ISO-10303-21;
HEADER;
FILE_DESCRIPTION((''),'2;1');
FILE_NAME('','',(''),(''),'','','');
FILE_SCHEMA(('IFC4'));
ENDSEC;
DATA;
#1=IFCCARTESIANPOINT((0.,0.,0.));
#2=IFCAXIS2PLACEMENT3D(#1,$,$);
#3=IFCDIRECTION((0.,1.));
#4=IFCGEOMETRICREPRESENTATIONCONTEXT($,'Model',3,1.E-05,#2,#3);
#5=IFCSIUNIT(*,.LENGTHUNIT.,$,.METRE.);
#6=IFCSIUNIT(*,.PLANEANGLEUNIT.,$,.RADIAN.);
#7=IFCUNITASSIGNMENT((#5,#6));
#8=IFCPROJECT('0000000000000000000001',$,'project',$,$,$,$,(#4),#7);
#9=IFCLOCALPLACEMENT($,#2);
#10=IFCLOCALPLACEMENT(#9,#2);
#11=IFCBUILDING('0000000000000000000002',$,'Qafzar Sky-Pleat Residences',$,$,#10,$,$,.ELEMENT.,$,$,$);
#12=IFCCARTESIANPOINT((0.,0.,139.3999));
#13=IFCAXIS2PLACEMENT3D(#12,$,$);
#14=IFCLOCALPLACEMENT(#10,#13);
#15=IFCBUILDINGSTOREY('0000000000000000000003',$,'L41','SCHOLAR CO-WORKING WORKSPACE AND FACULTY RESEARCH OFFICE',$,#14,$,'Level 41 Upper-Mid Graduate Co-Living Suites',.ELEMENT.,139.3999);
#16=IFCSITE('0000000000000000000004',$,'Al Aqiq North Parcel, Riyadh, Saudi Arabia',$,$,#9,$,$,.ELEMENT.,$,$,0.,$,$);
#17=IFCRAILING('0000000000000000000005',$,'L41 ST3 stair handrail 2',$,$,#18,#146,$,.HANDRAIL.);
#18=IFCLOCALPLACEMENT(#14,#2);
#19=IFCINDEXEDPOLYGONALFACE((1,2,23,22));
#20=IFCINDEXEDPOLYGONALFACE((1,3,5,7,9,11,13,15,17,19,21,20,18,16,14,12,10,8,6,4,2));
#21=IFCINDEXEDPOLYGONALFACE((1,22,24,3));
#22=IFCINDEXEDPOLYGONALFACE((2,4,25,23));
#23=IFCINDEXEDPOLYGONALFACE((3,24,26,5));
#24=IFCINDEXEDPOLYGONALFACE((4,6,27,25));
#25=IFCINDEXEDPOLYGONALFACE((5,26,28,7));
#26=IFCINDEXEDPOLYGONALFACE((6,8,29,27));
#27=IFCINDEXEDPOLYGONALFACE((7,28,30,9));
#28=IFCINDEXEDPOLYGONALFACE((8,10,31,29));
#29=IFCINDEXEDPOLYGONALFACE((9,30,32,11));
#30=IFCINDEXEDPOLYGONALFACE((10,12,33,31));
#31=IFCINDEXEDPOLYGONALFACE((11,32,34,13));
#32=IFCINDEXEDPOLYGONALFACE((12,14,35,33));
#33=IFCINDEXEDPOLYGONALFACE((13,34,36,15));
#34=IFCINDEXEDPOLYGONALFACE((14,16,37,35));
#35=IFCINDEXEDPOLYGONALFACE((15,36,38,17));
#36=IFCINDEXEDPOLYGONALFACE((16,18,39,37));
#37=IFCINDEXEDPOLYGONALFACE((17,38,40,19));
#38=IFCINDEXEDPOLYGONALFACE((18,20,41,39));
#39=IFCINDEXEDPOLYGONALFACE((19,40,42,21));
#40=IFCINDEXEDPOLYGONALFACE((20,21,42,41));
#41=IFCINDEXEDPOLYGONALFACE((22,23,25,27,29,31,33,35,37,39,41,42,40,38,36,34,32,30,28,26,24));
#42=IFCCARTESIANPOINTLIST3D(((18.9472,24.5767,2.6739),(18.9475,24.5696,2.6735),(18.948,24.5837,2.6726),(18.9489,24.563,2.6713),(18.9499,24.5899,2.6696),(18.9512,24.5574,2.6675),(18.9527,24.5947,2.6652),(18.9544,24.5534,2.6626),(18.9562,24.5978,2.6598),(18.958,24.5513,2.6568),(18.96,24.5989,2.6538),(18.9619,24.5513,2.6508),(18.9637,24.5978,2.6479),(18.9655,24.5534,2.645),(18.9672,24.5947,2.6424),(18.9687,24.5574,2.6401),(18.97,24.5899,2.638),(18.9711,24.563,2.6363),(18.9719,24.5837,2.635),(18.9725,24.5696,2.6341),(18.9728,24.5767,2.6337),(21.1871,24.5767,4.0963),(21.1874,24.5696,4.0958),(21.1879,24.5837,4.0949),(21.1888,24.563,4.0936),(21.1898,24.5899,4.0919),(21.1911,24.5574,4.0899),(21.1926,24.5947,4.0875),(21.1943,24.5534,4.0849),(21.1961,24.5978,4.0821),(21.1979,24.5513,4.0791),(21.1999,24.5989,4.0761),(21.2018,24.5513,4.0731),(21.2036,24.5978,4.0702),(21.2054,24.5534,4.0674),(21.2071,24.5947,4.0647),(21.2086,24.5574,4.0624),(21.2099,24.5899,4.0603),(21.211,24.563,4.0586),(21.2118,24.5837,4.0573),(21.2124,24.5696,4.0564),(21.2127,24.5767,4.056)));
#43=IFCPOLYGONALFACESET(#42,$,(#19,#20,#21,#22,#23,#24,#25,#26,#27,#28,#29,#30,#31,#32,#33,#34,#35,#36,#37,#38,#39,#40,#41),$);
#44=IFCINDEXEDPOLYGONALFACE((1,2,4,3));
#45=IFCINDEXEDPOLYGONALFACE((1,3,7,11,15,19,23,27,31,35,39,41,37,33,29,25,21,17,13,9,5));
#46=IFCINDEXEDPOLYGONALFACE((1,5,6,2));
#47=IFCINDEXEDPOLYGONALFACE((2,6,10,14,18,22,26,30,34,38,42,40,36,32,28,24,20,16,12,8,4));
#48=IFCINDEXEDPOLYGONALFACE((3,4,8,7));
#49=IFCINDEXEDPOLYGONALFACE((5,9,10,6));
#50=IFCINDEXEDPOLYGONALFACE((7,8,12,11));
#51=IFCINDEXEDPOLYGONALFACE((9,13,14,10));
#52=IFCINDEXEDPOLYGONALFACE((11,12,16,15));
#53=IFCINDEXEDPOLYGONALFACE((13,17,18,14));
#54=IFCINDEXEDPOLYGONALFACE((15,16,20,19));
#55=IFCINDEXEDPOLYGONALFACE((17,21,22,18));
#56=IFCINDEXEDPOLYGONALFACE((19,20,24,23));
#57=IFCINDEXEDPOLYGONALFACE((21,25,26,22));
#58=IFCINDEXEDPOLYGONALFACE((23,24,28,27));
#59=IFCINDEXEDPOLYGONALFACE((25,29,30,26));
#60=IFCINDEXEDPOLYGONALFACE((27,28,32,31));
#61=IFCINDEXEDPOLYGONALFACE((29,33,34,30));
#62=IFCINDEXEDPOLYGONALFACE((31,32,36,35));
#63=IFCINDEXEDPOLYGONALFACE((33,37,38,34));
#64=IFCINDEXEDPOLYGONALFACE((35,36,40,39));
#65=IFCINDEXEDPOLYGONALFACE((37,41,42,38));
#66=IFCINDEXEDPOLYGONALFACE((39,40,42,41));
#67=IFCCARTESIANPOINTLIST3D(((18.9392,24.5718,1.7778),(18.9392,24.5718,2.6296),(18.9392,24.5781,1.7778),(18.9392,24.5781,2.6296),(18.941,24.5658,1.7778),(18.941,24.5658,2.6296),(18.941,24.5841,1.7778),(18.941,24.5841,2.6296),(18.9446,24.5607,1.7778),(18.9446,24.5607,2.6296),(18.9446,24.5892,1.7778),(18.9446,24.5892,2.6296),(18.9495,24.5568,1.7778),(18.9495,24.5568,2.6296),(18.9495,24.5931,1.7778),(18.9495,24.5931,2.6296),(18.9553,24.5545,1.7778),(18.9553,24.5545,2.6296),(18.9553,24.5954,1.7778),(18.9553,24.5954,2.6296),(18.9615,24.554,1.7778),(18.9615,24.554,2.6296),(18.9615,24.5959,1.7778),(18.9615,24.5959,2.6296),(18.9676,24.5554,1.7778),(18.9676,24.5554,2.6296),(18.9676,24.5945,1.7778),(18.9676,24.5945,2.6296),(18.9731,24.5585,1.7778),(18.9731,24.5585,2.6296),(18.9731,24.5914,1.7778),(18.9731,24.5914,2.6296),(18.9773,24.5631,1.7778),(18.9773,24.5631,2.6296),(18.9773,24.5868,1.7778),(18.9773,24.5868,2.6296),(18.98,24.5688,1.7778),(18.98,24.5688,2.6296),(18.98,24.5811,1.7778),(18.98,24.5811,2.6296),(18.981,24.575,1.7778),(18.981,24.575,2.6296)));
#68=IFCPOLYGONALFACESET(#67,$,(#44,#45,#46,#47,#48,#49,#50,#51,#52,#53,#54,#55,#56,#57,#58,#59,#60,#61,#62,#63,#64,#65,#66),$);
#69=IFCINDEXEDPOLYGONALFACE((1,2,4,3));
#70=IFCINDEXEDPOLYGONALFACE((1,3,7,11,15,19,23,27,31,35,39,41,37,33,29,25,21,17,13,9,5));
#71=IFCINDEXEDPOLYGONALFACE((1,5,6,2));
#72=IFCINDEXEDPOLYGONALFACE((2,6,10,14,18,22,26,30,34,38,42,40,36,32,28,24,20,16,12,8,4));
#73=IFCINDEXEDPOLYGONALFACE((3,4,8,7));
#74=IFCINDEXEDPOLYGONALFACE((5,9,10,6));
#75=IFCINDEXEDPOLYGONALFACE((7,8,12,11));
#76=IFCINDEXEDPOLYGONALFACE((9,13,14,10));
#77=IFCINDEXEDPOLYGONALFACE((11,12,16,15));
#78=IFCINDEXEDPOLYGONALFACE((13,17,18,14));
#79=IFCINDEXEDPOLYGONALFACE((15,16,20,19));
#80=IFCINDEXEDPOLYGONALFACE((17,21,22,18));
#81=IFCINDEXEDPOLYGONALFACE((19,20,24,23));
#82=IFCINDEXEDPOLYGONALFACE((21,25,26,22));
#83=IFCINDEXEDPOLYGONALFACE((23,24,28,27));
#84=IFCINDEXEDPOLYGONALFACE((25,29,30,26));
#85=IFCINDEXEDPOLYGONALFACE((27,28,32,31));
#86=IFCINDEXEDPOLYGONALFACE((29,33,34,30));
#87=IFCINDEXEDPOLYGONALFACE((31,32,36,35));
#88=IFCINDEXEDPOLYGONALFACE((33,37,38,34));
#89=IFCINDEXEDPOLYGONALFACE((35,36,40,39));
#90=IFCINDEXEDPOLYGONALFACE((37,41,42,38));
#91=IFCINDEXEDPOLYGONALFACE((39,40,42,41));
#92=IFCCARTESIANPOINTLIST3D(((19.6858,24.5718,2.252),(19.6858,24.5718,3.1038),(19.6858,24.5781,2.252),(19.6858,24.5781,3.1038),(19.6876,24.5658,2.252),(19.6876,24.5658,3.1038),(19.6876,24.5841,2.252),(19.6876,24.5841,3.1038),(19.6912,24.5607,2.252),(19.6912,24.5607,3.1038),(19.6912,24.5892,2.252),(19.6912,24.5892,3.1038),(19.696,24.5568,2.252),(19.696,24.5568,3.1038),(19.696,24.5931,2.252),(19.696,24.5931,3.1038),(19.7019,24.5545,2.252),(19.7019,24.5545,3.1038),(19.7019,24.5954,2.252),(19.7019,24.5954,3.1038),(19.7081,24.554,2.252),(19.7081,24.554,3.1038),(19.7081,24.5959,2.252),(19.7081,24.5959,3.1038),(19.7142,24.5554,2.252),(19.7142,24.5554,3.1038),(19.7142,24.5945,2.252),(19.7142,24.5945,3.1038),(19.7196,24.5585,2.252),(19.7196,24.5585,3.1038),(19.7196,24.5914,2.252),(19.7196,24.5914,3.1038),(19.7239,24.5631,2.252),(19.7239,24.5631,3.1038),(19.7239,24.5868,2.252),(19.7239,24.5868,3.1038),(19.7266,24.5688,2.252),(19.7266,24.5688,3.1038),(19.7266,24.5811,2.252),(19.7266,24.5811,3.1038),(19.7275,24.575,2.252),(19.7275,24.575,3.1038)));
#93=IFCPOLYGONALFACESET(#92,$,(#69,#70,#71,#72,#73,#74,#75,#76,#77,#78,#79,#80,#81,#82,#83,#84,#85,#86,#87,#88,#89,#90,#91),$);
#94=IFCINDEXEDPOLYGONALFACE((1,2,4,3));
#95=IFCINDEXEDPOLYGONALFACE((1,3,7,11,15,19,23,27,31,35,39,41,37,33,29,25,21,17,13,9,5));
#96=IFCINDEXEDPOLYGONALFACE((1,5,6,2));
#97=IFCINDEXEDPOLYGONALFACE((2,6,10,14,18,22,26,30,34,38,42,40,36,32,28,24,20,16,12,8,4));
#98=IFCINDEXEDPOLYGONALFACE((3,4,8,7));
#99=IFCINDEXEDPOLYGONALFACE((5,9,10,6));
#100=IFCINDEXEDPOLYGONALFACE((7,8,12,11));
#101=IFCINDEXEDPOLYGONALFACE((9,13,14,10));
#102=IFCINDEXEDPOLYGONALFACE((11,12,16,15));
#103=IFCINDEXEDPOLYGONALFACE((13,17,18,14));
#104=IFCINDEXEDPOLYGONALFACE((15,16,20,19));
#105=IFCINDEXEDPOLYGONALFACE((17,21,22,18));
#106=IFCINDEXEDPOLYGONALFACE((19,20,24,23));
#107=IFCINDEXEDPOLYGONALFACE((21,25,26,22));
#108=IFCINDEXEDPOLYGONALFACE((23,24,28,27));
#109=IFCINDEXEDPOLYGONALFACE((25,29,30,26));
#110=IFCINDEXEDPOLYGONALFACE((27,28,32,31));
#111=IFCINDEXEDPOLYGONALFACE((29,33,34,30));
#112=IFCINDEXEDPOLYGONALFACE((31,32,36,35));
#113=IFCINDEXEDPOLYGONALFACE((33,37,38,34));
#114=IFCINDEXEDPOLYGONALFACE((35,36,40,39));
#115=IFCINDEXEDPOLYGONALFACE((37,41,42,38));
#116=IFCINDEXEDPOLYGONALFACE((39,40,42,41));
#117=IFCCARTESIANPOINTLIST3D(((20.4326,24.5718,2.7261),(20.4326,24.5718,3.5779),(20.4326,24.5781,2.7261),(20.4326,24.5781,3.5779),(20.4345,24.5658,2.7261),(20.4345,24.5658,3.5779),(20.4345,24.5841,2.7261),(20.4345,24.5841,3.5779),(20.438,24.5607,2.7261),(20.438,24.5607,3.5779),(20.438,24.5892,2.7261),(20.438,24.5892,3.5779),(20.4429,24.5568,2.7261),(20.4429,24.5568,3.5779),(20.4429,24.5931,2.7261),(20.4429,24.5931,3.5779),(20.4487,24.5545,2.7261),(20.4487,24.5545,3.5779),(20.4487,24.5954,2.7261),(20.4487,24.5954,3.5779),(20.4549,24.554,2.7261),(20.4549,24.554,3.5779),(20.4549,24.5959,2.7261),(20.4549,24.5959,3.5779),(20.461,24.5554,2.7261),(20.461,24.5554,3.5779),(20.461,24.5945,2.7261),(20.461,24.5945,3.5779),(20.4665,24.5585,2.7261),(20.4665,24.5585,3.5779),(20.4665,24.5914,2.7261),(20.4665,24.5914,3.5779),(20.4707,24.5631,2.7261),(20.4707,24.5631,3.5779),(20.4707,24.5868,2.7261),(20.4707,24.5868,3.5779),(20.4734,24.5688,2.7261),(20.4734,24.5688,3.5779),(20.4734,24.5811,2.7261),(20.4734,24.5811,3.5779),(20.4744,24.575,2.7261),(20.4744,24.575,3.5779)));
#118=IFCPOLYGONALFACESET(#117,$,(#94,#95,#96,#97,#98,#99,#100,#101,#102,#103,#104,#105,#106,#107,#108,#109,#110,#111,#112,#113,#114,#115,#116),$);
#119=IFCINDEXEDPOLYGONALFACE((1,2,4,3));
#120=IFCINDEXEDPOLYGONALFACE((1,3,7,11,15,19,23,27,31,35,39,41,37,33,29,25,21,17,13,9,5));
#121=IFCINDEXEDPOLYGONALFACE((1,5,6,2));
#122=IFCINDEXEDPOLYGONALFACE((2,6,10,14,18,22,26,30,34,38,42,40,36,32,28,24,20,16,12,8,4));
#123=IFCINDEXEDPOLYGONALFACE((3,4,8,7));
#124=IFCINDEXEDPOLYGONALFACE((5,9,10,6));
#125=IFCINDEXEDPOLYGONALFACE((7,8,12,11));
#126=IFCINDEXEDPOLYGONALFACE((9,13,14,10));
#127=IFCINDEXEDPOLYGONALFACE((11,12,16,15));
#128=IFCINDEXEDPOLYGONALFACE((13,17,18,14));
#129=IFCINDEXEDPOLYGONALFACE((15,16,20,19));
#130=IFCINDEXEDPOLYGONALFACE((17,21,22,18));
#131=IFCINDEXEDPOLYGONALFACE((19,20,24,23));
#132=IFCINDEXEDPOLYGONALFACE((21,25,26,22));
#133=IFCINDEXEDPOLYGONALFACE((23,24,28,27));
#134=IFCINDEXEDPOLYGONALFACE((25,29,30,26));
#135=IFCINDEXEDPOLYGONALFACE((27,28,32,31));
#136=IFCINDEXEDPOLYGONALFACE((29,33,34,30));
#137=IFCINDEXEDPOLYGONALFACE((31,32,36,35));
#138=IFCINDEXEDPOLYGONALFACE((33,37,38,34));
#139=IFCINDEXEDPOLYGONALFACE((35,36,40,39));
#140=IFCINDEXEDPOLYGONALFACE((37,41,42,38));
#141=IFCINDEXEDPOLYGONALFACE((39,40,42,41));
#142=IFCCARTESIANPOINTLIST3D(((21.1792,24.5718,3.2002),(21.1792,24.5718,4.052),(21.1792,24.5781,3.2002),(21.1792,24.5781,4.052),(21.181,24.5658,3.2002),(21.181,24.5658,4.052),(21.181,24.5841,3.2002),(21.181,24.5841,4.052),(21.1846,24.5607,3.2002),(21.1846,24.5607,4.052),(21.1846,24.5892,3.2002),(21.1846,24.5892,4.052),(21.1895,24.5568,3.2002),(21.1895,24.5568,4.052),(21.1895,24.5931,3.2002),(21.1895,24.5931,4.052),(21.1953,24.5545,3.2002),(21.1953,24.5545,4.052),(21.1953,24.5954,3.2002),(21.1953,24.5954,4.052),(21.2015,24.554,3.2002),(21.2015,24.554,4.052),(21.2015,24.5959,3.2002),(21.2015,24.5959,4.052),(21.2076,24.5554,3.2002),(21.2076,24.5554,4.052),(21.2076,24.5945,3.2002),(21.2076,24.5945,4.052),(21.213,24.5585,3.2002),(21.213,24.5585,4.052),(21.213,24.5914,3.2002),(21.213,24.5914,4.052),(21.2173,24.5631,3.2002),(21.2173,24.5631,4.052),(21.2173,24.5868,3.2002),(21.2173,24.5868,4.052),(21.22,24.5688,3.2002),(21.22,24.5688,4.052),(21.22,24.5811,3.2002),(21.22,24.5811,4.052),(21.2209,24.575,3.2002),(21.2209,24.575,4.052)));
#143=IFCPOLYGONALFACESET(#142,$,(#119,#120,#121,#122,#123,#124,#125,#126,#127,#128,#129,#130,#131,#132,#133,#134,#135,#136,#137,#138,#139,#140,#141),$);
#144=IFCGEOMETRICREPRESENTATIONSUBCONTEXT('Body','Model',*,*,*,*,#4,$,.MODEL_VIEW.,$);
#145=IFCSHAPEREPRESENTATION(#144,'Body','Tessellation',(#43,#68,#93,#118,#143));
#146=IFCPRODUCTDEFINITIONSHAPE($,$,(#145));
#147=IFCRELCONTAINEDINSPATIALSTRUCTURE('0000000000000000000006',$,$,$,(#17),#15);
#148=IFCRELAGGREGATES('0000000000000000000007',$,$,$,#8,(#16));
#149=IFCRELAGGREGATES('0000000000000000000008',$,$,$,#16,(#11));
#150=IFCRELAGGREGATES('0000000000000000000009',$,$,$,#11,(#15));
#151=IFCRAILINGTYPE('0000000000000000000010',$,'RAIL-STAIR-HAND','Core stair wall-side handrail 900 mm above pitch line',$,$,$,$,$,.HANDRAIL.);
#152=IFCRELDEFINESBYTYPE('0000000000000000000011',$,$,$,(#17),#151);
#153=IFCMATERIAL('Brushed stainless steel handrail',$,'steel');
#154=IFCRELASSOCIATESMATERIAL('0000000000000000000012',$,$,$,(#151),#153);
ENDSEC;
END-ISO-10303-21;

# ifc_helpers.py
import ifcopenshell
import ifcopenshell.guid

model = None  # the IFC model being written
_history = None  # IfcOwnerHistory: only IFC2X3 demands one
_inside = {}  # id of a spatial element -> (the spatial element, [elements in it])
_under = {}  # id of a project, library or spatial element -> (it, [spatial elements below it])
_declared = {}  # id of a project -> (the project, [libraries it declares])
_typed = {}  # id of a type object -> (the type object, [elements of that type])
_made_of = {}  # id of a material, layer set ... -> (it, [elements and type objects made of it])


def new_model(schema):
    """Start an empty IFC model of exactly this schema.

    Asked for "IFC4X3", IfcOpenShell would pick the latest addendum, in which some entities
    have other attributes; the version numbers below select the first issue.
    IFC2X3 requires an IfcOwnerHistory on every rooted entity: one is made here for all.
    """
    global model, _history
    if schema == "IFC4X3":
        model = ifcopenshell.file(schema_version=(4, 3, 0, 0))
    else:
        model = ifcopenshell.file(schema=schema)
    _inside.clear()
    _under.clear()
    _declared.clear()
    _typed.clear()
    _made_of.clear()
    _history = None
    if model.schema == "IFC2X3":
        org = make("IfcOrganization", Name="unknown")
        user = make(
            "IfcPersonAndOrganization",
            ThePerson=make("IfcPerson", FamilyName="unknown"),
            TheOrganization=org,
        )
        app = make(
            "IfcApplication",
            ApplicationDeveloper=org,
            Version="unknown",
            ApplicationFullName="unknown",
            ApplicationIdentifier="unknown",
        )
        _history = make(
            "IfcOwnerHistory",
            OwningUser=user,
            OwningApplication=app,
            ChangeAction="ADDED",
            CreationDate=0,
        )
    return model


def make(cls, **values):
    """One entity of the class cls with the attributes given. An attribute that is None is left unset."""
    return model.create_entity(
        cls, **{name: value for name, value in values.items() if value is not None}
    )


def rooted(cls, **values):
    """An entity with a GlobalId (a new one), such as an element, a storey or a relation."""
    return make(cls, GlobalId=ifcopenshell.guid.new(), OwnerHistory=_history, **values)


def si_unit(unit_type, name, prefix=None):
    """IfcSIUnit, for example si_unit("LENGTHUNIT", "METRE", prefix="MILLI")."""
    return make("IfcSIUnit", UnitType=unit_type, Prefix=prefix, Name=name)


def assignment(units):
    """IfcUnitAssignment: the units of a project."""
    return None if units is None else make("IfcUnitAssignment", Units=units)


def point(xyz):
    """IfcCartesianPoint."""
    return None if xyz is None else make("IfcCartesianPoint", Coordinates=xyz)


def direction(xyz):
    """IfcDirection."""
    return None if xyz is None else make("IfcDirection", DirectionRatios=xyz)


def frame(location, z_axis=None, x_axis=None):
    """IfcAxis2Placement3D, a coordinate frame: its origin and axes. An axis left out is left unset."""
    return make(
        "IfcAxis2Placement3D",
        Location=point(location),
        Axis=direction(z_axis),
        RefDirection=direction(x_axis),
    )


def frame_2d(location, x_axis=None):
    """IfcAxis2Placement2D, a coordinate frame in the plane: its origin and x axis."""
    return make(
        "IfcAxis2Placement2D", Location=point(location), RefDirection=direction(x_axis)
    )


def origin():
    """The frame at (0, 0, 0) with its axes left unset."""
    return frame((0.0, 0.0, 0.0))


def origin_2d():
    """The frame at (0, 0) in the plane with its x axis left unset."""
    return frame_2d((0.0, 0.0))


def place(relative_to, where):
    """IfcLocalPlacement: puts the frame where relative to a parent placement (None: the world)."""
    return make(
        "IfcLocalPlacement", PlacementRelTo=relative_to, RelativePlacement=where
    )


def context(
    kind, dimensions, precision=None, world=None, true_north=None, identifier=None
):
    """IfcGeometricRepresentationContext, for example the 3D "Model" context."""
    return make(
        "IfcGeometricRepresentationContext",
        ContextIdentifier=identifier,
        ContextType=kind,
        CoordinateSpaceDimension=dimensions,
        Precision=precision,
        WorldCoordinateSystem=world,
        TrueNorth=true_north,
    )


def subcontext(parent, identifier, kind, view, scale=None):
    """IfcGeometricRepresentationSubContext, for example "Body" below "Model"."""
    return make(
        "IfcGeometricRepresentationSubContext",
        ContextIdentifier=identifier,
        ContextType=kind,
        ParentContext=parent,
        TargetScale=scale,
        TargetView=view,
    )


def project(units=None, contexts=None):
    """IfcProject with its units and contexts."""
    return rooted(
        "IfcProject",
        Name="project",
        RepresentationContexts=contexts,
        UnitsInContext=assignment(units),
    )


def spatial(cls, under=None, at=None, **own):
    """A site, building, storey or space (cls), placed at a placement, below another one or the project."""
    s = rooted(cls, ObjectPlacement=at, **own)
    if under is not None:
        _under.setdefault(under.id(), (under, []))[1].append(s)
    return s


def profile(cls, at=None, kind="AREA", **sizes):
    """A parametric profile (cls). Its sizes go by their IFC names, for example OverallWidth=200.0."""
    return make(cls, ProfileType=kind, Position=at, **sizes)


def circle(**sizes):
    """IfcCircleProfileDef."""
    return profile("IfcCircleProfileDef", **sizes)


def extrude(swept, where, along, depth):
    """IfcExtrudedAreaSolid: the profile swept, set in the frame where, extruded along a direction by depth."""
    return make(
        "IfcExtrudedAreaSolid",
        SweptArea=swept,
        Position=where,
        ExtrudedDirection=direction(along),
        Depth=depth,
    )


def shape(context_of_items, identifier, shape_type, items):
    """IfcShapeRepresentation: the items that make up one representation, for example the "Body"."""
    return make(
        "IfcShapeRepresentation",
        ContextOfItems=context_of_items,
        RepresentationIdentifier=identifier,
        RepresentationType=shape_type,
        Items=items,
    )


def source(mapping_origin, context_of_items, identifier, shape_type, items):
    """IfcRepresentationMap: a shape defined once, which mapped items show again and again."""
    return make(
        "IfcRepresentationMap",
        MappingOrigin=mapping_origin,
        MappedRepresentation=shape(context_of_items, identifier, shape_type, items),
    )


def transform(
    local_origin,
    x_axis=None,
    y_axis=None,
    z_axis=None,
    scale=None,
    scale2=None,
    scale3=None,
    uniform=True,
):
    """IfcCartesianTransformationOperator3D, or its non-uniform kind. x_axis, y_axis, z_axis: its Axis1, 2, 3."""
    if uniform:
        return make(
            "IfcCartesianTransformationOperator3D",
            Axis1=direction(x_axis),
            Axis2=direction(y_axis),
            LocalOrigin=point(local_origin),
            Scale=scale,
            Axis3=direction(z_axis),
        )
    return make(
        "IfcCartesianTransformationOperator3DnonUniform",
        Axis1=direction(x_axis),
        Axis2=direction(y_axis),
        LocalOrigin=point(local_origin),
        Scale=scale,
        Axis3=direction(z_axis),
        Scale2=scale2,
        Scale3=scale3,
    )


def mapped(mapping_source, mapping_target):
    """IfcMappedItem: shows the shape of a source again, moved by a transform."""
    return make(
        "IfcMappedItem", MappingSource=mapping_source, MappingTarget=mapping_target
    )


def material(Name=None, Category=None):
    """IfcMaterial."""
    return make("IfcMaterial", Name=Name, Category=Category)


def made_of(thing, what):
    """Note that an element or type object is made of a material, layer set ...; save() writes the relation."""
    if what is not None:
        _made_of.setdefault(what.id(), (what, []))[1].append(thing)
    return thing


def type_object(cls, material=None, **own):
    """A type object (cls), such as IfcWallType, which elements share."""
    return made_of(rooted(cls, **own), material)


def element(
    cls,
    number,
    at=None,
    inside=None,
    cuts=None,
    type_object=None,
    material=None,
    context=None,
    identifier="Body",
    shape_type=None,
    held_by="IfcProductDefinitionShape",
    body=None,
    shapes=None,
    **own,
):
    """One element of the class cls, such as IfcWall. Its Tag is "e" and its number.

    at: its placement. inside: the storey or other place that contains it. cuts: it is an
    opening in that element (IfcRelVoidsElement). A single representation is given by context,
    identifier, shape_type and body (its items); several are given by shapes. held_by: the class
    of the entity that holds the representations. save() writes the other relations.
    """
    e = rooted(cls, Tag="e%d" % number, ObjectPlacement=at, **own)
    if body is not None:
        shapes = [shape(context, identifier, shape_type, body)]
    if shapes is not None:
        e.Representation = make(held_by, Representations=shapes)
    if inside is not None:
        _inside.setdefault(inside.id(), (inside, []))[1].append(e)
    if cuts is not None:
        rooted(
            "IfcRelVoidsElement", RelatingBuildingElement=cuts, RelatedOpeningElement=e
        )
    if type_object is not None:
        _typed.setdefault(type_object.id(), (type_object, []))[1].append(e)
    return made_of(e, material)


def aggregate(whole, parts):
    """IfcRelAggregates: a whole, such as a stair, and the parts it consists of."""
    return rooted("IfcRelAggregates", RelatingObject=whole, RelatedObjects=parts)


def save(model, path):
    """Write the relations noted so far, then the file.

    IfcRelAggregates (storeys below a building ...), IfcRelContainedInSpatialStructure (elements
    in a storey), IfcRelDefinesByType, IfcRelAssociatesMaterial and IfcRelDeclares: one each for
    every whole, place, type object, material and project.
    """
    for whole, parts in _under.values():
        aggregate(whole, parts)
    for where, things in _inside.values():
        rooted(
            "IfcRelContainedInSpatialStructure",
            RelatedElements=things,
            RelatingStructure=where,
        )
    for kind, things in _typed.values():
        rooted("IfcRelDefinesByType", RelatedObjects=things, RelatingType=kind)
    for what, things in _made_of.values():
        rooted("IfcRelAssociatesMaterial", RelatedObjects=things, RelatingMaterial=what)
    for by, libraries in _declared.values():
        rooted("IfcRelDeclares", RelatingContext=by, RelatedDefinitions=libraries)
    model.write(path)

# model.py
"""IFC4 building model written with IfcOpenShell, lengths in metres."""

from ifc_helpers import new_model, si_unit, direction, frame, origin, origin_2d, place, context, subcontext, project, spatial, circle, extrude, source, transform, mapped, material, type_object, element, save


model = new_model("IFC4")

# Units and contexts
model_context = context("Model", 3, precision=1e-05, world=origin(), true_north=direction((0.0, 1.0)))
body_context = subcontext(model_context, "Body", "Model", "MODEL_VIEW")
ifc_project = project(units=[si_unit("LENGTHUNIT", "METRE"), si_unit("PLANEANGLEUNIT", "RADIAN")], contexts=[model_context])

# Site, building, storey
site_placement = place(None, origin())
site = spatial("IfcSite", under=ifc_project, at=site_placement, Name="Al Aqiq North Parcel, Riyadh, Saudi Arabia", CompositionType="ELEMENT", RefElevation=0.0)
building_placement = place(site_placement, origin())
building = spatial("IfcBuilding", under=site, at=building_placement, Name="Qafzar Sky-Pleat Residences", CompositionType="ELEMENT")
storey_placement = place(building_placement, frame((0.0, 0.0, 139.3999)))
storey = spatial("IfcBuildingStorey", under=building, at=storey_placement, Name="L41", Description="SCHOLAR CO-WORKING WORKSPACE AND FACULTY RESEARCH OFFICE", LongName="Level 41 Upper-Mid Graduate Co-Living Suites", CompositionType="ELEMENT", Elevation=139.3999)

# Railing
ifc_material_1 = material(Name="Brushed stainless steel handrail", Category="steel")
railing_type_1 = type_object("IfcRailingType", Name="RAIL-STAIR-HAND", Description="Core stair wall-side handrail 900 mm above pitch line", PredefinedType="HANDRAIL", material=ifc_material_1)
shared_shape_1 = source(origin(), body_context, "Body", "SweptSolid", [
    extrude(circle(Radius=0.0239, at=origin_2d()), frame((0.0, 0.0, 0.876), z_axis=(0.844188, 0.0, 0.536048), x_axis=(0.0, 1.0, 0.0)), (0.0, 0.0, 1.0), 2.6533),
    extrude(circle(Radius=0.021, at=origin_2d()), origin(), (0.0, 0.0, 1.0), 0.8518),
    extrude(circle(Radius=0.021, at=origin_2d()), frame((0.7466, 0.0, 0.4741)), (0.0, 0.0, 1.0), 0.8518),
    extrude(circle(Radius=0.021, at=origin_2d()), frame((1.4934, 0.0, 0.9482)), (0.0, 0.0, 1.0), 0.8518),
    extrude(circle(Radius=0.021, at=origin_2d()), frame((2.24, 0.0, 1.4224)), (0.0, 0.0, 1.0), 0.8518),
])
railing_1_placement = place(storey_placement, frame((18.96, 24.575, 1.7778)))
element("IfcRailing", 1, at=railing_1_placement, inside=storey, type_object=railing_type_1, Name="L41 ST3 stair handrail 2", PredefinedType="HANDRAIL", context=body_context, shape_type="MappedRepresentation", body=[
    mapped(shared_shape_1, transform((0.0, 0.0, 0.0), x_axis=(1.0, 0.0, 0.0), y_axis=(0.0, 1.0, 0.0), z_axis=(0.0, 0.0, 1.0), scale=1.0)),
])

save(model, "model.ifc")
